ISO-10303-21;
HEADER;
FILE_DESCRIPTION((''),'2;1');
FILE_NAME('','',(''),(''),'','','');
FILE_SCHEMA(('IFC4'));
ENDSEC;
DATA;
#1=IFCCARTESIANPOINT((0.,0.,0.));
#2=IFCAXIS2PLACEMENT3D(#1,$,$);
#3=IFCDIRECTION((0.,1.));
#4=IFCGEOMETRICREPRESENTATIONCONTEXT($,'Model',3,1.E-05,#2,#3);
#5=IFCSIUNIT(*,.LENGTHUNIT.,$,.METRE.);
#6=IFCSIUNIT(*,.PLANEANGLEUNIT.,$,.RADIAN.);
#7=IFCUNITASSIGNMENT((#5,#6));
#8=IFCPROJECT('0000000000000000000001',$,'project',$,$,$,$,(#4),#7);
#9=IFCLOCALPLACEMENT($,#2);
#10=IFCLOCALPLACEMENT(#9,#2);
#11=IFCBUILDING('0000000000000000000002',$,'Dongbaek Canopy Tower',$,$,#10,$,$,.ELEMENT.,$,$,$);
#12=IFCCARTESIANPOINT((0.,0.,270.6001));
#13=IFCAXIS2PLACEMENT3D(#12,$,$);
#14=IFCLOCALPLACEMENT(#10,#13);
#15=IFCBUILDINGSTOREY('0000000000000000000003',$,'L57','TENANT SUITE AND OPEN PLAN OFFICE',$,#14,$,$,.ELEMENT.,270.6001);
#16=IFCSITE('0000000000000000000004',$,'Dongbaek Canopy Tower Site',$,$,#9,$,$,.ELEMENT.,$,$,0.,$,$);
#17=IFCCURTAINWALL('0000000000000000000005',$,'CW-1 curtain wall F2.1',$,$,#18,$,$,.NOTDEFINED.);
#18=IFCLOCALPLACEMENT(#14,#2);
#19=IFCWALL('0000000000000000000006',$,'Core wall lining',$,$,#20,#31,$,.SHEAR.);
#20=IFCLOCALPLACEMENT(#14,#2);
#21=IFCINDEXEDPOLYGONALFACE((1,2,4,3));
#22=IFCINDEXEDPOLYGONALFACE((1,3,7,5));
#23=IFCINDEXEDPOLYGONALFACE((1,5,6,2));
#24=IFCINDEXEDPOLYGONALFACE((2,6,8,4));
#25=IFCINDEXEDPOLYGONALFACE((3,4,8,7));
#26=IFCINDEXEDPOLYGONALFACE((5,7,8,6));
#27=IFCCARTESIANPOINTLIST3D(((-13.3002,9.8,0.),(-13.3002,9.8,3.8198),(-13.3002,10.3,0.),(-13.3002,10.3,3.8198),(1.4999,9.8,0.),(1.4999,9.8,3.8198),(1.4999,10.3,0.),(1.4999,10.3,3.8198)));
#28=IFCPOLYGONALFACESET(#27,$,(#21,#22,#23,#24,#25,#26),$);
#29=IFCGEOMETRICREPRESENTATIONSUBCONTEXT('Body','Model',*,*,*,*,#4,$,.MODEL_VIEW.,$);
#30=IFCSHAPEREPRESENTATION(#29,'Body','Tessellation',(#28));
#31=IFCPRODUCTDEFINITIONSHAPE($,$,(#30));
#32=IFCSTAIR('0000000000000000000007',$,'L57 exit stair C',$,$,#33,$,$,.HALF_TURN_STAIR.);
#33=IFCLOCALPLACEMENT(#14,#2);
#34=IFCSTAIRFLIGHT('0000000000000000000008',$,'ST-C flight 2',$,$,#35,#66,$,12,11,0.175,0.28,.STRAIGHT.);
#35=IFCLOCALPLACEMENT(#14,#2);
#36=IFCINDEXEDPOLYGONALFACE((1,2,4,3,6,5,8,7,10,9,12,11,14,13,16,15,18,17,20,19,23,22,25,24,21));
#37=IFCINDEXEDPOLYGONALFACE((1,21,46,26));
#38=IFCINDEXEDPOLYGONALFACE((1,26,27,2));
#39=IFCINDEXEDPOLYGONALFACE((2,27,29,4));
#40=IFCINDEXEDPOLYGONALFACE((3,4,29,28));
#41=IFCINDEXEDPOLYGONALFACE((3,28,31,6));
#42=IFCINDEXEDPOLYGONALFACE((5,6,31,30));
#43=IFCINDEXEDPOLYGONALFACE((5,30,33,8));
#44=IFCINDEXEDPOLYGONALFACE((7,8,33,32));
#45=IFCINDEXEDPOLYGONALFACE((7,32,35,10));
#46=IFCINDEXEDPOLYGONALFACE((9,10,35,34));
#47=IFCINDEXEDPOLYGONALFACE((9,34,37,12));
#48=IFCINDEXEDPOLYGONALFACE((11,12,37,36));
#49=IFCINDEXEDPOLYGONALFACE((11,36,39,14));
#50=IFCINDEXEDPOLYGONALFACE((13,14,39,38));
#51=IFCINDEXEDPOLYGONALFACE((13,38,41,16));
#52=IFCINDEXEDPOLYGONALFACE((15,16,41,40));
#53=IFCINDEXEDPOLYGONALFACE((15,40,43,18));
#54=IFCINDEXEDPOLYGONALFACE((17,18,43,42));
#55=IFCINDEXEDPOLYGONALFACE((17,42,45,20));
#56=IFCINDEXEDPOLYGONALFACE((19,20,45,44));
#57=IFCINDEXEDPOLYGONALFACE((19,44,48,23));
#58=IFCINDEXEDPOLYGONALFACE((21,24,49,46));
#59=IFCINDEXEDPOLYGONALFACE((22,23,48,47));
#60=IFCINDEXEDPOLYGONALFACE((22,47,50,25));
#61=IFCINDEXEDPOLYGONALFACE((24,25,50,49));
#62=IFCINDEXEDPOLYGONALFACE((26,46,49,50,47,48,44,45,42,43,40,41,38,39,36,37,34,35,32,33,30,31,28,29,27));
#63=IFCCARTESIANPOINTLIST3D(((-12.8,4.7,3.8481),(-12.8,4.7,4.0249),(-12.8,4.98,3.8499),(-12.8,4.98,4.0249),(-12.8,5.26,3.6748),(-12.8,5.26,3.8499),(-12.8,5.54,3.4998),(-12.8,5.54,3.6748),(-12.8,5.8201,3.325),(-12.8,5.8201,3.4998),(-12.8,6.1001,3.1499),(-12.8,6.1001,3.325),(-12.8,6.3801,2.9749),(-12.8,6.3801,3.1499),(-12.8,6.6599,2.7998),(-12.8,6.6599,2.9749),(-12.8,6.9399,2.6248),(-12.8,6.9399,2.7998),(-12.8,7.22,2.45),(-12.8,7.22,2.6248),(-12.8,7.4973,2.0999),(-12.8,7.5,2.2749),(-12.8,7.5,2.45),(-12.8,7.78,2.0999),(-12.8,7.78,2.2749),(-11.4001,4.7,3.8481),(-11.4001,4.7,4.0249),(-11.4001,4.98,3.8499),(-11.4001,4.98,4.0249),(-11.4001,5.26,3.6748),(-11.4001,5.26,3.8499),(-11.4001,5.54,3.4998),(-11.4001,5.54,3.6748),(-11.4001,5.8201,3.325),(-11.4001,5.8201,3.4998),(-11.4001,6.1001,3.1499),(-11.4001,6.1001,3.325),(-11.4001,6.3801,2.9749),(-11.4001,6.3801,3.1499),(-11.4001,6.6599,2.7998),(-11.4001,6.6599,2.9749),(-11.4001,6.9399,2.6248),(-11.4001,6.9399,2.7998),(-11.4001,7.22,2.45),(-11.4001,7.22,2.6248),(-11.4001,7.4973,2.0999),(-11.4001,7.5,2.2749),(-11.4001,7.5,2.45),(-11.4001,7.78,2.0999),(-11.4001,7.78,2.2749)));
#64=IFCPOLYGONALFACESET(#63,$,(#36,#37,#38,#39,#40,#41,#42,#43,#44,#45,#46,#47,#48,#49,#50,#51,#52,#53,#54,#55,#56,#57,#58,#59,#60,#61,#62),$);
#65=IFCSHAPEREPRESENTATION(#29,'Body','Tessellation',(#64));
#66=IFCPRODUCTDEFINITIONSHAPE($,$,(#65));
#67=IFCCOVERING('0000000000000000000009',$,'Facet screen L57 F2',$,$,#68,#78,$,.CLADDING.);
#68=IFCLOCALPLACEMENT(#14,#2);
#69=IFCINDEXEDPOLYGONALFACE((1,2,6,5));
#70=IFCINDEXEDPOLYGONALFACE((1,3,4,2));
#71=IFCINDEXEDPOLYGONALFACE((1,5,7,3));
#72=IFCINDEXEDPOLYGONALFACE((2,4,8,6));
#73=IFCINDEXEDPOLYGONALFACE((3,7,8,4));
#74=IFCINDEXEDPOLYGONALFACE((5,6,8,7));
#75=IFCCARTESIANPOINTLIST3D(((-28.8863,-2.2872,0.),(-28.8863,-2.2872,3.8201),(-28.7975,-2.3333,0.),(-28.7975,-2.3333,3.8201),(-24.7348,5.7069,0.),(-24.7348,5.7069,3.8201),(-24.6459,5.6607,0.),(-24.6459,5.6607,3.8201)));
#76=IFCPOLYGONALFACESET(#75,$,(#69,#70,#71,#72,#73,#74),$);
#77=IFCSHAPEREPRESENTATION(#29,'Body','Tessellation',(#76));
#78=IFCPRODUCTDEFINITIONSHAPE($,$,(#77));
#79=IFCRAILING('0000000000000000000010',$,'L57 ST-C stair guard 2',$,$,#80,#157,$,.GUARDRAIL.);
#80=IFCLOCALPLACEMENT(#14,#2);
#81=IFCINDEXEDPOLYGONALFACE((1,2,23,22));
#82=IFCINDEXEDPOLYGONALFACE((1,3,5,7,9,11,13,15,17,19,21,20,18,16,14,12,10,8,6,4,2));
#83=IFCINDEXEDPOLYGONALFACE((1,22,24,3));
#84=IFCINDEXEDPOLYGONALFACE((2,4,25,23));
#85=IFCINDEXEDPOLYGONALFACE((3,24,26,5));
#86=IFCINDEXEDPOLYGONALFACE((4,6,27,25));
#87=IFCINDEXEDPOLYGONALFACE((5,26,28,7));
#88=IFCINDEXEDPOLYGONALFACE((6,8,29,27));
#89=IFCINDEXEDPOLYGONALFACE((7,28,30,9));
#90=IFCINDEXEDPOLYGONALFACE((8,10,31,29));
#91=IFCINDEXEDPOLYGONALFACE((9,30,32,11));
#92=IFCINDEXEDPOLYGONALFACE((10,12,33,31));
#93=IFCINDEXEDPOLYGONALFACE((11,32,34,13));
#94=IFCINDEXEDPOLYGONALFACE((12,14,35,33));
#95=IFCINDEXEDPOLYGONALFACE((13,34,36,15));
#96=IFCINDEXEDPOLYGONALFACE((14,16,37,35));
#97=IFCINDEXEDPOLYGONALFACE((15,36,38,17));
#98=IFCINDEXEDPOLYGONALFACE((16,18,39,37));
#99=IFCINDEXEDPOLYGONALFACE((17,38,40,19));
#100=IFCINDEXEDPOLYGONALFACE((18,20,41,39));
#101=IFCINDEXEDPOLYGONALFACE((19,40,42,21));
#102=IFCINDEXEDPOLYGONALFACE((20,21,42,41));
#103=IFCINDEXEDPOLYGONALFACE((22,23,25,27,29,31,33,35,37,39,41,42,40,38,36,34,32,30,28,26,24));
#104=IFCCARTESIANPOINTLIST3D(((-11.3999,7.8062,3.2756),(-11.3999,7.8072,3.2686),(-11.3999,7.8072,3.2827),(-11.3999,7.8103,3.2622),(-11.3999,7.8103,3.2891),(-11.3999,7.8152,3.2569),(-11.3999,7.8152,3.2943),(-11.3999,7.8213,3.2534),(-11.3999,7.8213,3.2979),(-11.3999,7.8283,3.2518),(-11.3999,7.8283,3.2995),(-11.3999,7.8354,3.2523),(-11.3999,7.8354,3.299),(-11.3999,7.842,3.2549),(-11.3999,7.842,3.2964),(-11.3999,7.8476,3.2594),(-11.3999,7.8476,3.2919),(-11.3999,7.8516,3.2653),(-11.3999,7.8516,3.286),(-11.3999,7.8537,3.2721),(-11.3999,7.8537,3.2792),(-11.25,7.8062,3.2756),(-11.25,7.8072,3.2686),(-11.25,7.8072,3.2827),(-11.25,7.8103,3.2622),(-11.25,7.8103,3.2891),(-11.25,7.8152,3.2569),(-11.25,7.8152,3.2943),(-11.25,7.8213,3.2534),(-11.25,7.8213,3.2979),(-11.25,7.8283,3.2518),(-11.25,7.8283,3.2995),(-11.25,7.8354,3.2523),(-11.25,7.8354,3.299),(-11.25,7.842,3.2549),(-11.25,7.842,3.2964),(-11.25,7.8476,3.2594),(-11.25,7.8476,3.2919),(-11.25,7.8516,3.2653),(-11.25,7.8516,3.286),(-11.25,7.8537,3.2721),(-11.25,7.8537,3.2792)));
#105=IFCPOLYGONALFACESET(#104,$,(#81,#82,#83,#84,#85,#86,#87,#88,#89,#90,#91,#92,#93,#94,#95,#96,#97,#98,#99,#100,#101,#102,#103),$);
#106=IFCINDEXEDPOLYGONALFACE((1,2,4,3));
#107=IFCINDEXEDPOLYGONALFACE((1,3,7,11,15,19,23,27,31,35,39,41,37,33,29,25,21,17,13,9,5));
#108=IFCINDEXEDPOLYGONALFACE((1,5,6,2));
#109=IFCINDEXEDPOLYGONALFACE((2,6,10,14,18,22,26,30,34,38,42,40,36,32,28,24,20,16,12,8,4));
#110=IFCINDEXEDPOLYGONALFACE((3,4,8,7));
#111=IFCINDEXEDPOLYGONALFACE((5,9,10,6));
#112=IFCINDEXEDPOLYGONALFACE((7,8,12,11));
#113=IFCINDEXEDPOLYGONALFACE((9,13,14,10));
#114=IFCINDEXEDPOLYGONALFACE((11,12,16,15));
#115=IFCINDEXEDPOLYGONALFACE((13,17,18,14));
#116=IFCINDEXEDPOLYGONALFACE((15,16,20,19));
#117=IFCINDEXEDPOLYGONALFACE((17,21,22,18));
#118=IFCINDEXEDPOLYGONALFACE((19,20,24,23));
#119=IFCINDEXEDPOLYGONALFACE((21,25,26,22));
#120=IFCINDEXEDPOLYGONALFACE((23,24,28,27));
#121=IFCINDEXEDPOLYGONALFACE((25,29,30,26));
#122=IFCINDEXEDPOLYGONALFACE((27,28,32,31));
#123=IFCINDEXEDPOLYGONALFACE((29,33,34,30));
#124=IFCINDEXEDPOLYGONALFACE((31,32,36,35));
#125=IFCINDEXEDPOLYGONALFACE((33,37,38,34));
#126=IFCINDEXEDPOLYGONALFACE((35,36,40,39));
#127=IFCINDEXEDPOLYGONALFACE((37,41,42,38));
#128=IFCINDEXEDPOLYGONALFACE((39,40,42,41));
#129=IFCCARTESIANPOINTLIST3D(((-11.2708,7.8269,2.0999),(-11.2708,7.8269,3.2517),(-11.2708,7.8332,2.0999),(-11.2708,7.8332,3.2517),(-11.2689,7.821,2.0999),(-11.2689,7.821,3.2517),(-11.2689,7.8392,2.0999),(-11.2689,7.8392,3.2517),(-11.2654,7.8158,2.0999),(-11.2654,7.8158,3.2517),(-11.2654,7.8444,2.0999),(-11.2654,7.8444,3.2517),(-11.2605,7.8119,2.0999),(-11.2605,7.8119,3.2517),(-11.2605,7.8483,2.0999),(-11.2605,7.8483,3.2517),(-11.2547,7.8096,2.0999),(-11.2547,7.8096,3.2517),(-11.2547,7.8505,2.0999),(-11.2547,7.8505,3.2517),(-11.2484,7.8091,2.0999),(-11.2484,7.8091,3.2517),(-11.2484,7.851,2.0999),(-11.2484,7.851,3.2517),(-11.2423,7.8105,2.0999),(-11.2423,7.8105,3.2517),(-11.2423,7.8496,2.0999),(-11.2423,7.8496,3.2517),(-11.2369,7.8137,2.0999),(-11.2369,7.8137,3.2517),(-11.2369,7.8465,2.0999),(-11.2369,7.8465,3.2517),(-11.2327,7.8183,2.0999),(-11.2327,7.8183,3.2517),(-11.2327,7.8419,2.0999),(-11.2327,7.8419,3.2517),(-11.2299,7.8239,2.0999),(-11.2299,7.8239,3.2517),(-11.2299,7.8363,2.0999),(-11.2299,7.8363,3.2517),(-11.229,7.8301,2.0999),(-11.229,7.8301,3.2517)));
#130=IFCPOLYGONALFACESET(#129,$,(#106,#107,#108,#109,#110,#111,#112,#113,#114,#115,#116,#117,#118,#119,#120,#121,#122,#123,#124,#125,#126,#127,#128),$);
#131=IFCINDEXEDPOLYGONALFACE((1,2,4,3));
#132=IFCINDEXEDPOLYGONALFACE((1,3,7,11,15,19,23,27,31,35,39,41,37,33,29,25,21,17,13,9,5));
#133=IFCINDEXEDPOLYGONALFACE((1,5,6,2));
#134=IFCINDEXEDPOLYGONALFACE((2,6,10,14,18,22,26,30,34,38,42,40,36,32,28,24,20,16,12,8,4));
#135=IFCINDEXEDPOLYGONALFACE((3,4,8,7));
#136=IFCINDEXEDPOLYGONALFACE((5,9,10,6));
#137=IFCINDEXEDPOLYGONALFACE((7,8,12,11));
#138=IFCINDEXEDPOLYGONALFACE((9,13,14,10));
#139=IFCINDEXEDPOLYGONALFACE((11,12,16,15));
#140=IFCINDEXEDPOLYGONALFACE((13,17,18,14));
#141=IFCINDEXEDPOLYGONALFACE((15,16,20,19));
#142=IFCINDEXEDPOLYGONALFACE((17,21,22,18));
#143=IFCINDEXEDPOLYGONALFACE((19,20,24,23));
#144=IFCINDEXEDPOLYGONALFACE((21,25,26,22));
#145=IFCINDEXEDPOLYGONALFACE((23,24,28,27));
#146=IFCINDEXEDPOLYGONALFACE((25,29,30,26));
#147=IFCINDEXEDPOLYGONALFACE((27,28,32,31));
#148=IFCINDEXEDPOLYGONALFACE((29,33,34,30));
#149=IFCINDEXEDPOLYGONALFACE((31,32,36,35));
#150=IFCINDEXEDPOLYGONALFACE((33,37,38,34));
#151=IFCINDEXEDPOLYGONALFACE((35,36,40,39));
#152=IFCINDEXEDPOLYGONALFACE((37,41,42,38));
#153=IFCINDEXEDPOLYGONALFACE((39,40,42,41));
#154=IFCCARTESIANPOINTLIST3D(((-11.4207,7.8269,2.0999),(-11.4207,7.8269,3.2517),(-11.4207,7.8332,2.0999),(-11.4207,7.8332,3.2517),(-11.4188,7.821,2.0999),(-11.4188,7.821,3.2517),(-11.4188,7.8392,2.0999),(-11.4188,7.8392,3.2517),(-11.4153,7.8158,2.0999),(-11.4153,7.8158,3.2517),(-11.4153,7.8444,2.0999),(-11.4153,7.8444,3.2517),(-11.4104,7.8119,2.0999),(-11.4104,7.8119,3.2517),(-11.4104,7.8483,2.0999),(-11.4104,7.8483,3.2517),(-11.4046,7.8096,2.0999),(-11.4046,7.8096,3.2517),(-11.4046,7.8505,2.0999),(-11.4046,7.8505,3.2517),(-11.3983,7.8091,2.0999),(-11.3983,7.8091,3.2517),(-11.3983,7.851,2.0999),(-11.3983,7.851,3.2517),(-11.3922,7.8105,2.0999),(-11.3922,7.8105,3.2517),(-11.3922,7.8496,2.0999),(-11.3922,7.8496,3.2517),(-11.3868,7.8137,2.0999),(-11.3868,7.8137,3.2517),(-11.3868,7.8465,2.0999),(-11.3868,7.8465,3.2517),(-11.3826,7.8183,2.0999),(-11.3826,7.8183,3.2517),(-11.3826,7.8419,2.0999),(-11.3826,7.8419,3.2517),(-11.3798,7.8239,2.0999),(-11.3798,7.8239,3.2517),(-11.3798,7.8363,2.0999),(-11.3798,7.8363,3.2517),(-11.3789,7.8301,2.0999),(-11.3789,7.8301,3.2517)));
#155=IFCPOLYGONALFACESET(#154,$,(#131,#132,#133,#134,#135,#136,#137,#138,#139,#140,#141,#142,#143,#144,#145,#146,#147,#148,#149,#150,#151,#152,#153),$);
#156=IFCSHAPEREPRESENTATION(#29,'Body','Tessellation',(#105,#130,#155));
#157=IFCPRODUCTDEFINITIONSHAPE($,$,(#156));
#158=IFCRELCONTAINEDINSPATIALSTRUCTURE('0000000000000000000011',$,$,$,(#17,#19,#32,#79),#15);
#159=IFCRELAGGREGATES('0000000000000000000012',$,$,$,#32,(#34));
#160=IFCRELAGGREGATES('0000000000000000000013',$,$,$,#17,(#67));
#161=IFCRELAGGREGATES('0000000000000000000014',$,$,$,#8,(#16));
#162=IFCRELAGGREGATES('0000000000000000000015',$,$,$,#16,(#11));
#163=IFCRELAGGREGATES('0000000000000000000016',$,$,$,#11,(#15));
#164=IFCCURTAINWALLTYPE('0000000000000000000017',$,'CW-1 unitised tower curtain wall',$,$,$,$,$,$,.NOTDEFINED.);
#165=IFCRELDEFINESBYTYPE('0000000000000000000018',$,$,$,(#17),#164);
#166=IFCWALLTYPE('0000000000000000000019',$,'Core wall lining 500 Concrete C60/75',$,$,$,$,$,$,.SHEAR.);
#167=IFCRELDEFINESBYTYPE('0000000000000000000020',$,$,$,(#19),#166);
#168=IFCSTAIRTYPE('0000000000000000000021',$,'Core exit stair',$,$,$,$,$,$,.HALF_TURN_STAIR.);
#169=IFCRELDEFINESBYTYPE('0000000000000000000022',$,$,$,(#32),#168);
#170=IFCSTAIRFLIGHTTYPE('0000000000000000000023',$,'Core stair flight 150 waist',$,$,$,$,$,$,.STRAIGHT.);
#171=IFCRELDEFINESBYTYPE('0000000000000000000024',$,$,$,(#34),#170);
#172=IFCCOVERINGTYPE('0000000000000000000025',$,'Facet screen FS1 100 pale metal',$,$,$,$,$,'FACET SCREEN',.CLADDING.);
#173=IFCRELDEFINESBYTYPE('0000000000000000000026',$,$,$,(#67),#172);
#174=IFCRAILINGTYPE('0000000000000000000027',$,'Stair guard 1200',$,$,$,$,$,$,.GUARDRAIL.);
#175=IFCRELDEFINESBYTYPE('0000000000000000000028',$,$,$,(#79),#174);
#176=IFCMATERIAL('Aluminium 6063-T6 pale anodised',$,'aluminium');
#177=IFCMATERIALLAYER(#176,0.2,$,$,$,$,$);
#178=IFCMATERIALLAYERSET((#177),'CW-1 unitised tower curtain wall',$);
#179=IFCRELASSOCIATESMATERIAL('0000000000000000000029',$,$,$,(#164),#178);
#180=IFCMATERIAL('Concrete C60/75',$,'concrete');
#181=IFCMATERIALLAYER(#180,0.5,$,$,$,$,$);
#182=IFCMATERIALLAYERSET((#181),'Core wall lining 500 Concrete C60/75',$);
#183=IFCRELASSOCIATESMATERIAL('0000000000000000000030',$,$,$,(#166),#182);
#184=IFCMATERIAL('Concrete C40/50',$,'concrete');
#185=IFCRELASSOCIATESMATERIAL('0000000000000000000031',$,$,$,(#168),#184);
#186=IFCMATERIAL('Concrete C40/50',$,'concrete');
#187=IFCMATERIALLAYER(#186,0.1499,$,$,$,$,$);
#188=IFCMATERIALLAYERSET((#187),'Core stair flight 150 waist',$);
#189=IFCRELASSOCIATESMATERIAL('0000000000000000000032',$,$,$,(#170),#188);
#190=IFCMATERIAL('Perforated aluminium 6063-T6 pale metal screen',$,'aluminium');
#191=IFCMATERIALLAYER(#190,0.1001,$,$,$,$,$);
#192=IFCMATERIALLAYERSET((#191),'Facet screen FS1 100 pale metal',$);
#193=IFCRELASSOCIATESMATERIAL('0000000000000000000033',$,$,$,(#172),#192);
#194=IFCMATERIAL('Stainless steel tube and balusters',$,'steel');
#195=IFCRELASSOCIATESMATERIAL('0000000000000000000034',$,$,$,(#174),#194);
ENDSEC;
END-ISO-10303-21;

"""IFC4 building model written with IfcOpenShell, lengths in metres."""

from ifc_helpers import new_model, si_unit, direction, frame, frame_2d, origin, origin_2d, place, context, subcontext, project, spatial, polyline, rectangle, circle, outline, extrude, material, layer, layer_set, type_object, element, aggregate, save


model = new_model("IFC4")

# Units and contexts
model_context = context("Model", 3, precision=1e-05, world=origin(), true_north=direction((0.0, 1.0)))
body_context = subcontext(model_context, "Body", "Model", "MODEL_VIEW")
ifc_project = project(units=[si_unit("LENGTHUNIT", "METRE"), si_unit("PLANEANGLEUNIT", "RADIAN")], contexts=[model_context])

# Site, building, storey
site_placement = place(None, origin())
site = spatial("IfcSite", under=ifc_project, at=site_placement, Name="Dongbaek Canopy Tower Site", CompositionType="ELEMENT", RefElevation=0.0)
building_placement = place(site_placement, origin())
building = spatial("IfcBuilding", under=site, at=building_placement, Name="Dongbaek Canopy Tower", CompositionType="ELEMENT")
storey_placement = place(building_placement, frame((0.0, 0.0, 270.6001)))
storey = spatial("IfcBuildingStorey", under=building, at=storey_placement, Name="L57", Description="TENANT SUITE AND OPEN PLAN OFFICE", CompositionType="ELEMENT", Elevation=270.6001)

# Curtain wall
ifc_material_1 = material(Name="Aluminium 6063-T6 pale anodised", Category="aluminium")
ifc_layer_1 = layer(ifc_material_1, 0.2)
ifc_layer_set_1 = layer_set([ifc_layer_1], Name="CW-1 unitised tower curtain wall")
curtain_wall_type = type_object("IfcCurtainWallType", Name="CW-1 unitised tower curtain wall", PredefinedType="NOTDEFINED", material=ifc_layer_set_1)
curtain_wall_placement = place(storey_placement, origin())
curtain_wall = element("IfcCurtainWall", 1, at=curtain_wall_placement, inside=storey, type_object=curtain_wall_type, Name="CW-1 curtain wall F2.1", PredefinedType="NOTDEFINED")

# Wall
ifc_material_2 = material(Name="Concrete C60/75", Category="concrete")
ifc_layer_2 = layer(ifc_material_2, 0.5)
ifc_layer_set_2 = layer_set([ifc_layer_2], Name="Core wall lining 500 Concrete C60/75")
wall_type_1 = type_object("IfcWallType", Name="Core wall lining 500 Concrete C60/75", PredefinedType="SHEAR", material=ifc_layer_set_2)
wall_1_placement = place(storey_placement, frame((-13.3, 10.05, 0.0), z_axis=(0.0, 0.0, 1.0), x_axis=(1.0, 0.0, 0.0)))
element("IfcWall", 2, at=wall_1_placement, inside=storey, type_object=wall_type_1, Name="Core wall lining", PredefinedType="SHEAR", context=body_context, shape_type="SweptSolid", body=[
    extrude(rectangle(XDim=14.8, YDim=0.5, at=frame_2d((7.3999, 0.0))), origin(), (0.0, 0.0, 1.0), 3.8198),
])

# Stair, stair flight
ifc_material_3 = material(Name="Concrete C40/50", Category="concrete")
stair_type = type_object("IfcStairType", Name="Core exit stair", PredefinedType="HALF_TURN_STAIR", material=ifc_material_3)
stair_placement = place(storey_placement, origin())
stair = element("IfcStair", 3, at=stair_placement, inside=storey, type_object=stair_type, Name="L57 exit stair C", PredefinedType="HALF_TURN_STAIR")
ifc_material_4 = material(Name="Concrete C40/50", Category="concrete")
ifc_layer_3 = layer(ifc_material_4, 0.1499)
ifc_layer_set_3 = layer_set([ifc_layer_3], Name="Core stair flight 150 waist")
stair_flight_type = type_object("IfcStairFlightType", Name="Core stair flight 150 waist", PredefinedType="STRAIGHT", material=ifc_layer_set_3)
stair_flight_placement = place(storey_placement, frame((-12.1001, 7.78, 2.0999), z_axis=(0.0, 0.0, 1.0), x_axis=(0.0, -1.0, 0.0)))
stair_flight = element("IfcStairFlight", 4, at=stair_flight_placement, type_object=stair_flight_type, Name="ST-C flight 2", NumberOfRisers=12, NumberOfTreads=11, PredefinedType="STRAIGHT", RiserHeight=0.175, TreadLength=0.28, context=body_context, shape_type="SweptSolid", body=[
    extrude(outline(polyline([(0.0, 0.0), (0.0, 0.175), (0.28, 0.175), (0.28, 0.3501), (0.5601, 0.3501), (0.5601, 0.5249), (0.8401, 0.5249), (0.8401, 0.7), (1.1201, 0.7), (1.1201, 0.875), (1.3999, 0.875), (1.3999, 1.05), (1.6799, 1.05), (1.6799, 1.2251), (1.96, 1.2251), (1.96, 1.3999), (2.24, 1.3999), (2.24, 1.575), (2.52, 1.575), (2.52, 1.75), (2.8, 1.75), (2.8, 1.925), (3.0801, 1.925), (3.0801, 2.1001), (3.0801, 1.7483), (0.2827, 0.0), (0.0, 0.0)])), frame((0.0, 0.7, 0.0), z_axis=(0.0, -1.0, 0.0), x_axis=(1.0, 0.0, 0.0)), (0.0, 0.0, 1.0), 1.3999),
])
aggregate(stair, [stair_flight])

# Covering
ifc_material_5 = material(Name="Perforated aluminium 6063-T6 pale metal screen", Category="aluminium")
ifc_layer_4 = layer(ifc_material_5, 0.1001)
ifc_layer_set_4 = layer_set([ifc_layer_4], Name="Facet screen FS1 100 pale metal")
covering_type = type_object("IfcCoveringType", Name="Facet screen FS1 100 pale metal", ElementType="FACET SCREEN", PredefinedType="CLADDING", material=ifc_layer_set_4)
covering_placement = place(storey_placement, frame((-26.7661, 1.6868, 0.0), z_axis=(0.0, 0.0, 1.0), x_axis=(-0.46088, -0.887463, 0.0)))
covering = element("IfcCovering", 5, at=covering_placement, type_object=covering_type, Name="Facet screen L57 F2", PredefinedType="CLADDING", context=body_context, shape_type="SweptSolid", body=[
    extrude(rectangle(XDim=9.0078, YDim=0.1001, at=origin_2d()), origin(), (0.0, 0.0, 1.0), 3.8201),
])
aggregate(curtain_wall, [covering])

# Railing
ifc_material_6 = material(Name="Stainless steel tube and balusters", Category="steel")
railing_type_1 = type_object("IfcRailingType", Name="Stair guard 1200", PredefinedType="GUARDRAIL", material=ifc_material_6)
railing_1_placement = place(storey_placement, frame((-11.25, 7.8301, 2.0999)))
element("IfcRailing", 6, at=railing_1_placement, inside=storey, type_object=railing_type_1, Name="L57 ST-C stair guard 2", PredefinedType="GUARDRAIL", context=body_context, shape_type="SweptSolid", body=[
    extrude(circle(Radius=0.0239, at=origin_2d()), frame((0.0, 0.0, 1.1758), z_axis=(-1.0, 0.0, 0.0), x_axis=(0.0, -1.0, 0.0)), (0.0, 0.0, 1.0), 0.1499),
    extrude(circle(Radius=0.021, at=origin_2d()), origin(), (0.0, 0.0, 1.0), 1.1519),
    extrude(circle(Radius=0.021, at=origin_2d()), frame((-0.1499, 0.0, 0.0)), (0.0, 0.0, 1.0), 1.1519),
])

save(model, "model.ifc")
